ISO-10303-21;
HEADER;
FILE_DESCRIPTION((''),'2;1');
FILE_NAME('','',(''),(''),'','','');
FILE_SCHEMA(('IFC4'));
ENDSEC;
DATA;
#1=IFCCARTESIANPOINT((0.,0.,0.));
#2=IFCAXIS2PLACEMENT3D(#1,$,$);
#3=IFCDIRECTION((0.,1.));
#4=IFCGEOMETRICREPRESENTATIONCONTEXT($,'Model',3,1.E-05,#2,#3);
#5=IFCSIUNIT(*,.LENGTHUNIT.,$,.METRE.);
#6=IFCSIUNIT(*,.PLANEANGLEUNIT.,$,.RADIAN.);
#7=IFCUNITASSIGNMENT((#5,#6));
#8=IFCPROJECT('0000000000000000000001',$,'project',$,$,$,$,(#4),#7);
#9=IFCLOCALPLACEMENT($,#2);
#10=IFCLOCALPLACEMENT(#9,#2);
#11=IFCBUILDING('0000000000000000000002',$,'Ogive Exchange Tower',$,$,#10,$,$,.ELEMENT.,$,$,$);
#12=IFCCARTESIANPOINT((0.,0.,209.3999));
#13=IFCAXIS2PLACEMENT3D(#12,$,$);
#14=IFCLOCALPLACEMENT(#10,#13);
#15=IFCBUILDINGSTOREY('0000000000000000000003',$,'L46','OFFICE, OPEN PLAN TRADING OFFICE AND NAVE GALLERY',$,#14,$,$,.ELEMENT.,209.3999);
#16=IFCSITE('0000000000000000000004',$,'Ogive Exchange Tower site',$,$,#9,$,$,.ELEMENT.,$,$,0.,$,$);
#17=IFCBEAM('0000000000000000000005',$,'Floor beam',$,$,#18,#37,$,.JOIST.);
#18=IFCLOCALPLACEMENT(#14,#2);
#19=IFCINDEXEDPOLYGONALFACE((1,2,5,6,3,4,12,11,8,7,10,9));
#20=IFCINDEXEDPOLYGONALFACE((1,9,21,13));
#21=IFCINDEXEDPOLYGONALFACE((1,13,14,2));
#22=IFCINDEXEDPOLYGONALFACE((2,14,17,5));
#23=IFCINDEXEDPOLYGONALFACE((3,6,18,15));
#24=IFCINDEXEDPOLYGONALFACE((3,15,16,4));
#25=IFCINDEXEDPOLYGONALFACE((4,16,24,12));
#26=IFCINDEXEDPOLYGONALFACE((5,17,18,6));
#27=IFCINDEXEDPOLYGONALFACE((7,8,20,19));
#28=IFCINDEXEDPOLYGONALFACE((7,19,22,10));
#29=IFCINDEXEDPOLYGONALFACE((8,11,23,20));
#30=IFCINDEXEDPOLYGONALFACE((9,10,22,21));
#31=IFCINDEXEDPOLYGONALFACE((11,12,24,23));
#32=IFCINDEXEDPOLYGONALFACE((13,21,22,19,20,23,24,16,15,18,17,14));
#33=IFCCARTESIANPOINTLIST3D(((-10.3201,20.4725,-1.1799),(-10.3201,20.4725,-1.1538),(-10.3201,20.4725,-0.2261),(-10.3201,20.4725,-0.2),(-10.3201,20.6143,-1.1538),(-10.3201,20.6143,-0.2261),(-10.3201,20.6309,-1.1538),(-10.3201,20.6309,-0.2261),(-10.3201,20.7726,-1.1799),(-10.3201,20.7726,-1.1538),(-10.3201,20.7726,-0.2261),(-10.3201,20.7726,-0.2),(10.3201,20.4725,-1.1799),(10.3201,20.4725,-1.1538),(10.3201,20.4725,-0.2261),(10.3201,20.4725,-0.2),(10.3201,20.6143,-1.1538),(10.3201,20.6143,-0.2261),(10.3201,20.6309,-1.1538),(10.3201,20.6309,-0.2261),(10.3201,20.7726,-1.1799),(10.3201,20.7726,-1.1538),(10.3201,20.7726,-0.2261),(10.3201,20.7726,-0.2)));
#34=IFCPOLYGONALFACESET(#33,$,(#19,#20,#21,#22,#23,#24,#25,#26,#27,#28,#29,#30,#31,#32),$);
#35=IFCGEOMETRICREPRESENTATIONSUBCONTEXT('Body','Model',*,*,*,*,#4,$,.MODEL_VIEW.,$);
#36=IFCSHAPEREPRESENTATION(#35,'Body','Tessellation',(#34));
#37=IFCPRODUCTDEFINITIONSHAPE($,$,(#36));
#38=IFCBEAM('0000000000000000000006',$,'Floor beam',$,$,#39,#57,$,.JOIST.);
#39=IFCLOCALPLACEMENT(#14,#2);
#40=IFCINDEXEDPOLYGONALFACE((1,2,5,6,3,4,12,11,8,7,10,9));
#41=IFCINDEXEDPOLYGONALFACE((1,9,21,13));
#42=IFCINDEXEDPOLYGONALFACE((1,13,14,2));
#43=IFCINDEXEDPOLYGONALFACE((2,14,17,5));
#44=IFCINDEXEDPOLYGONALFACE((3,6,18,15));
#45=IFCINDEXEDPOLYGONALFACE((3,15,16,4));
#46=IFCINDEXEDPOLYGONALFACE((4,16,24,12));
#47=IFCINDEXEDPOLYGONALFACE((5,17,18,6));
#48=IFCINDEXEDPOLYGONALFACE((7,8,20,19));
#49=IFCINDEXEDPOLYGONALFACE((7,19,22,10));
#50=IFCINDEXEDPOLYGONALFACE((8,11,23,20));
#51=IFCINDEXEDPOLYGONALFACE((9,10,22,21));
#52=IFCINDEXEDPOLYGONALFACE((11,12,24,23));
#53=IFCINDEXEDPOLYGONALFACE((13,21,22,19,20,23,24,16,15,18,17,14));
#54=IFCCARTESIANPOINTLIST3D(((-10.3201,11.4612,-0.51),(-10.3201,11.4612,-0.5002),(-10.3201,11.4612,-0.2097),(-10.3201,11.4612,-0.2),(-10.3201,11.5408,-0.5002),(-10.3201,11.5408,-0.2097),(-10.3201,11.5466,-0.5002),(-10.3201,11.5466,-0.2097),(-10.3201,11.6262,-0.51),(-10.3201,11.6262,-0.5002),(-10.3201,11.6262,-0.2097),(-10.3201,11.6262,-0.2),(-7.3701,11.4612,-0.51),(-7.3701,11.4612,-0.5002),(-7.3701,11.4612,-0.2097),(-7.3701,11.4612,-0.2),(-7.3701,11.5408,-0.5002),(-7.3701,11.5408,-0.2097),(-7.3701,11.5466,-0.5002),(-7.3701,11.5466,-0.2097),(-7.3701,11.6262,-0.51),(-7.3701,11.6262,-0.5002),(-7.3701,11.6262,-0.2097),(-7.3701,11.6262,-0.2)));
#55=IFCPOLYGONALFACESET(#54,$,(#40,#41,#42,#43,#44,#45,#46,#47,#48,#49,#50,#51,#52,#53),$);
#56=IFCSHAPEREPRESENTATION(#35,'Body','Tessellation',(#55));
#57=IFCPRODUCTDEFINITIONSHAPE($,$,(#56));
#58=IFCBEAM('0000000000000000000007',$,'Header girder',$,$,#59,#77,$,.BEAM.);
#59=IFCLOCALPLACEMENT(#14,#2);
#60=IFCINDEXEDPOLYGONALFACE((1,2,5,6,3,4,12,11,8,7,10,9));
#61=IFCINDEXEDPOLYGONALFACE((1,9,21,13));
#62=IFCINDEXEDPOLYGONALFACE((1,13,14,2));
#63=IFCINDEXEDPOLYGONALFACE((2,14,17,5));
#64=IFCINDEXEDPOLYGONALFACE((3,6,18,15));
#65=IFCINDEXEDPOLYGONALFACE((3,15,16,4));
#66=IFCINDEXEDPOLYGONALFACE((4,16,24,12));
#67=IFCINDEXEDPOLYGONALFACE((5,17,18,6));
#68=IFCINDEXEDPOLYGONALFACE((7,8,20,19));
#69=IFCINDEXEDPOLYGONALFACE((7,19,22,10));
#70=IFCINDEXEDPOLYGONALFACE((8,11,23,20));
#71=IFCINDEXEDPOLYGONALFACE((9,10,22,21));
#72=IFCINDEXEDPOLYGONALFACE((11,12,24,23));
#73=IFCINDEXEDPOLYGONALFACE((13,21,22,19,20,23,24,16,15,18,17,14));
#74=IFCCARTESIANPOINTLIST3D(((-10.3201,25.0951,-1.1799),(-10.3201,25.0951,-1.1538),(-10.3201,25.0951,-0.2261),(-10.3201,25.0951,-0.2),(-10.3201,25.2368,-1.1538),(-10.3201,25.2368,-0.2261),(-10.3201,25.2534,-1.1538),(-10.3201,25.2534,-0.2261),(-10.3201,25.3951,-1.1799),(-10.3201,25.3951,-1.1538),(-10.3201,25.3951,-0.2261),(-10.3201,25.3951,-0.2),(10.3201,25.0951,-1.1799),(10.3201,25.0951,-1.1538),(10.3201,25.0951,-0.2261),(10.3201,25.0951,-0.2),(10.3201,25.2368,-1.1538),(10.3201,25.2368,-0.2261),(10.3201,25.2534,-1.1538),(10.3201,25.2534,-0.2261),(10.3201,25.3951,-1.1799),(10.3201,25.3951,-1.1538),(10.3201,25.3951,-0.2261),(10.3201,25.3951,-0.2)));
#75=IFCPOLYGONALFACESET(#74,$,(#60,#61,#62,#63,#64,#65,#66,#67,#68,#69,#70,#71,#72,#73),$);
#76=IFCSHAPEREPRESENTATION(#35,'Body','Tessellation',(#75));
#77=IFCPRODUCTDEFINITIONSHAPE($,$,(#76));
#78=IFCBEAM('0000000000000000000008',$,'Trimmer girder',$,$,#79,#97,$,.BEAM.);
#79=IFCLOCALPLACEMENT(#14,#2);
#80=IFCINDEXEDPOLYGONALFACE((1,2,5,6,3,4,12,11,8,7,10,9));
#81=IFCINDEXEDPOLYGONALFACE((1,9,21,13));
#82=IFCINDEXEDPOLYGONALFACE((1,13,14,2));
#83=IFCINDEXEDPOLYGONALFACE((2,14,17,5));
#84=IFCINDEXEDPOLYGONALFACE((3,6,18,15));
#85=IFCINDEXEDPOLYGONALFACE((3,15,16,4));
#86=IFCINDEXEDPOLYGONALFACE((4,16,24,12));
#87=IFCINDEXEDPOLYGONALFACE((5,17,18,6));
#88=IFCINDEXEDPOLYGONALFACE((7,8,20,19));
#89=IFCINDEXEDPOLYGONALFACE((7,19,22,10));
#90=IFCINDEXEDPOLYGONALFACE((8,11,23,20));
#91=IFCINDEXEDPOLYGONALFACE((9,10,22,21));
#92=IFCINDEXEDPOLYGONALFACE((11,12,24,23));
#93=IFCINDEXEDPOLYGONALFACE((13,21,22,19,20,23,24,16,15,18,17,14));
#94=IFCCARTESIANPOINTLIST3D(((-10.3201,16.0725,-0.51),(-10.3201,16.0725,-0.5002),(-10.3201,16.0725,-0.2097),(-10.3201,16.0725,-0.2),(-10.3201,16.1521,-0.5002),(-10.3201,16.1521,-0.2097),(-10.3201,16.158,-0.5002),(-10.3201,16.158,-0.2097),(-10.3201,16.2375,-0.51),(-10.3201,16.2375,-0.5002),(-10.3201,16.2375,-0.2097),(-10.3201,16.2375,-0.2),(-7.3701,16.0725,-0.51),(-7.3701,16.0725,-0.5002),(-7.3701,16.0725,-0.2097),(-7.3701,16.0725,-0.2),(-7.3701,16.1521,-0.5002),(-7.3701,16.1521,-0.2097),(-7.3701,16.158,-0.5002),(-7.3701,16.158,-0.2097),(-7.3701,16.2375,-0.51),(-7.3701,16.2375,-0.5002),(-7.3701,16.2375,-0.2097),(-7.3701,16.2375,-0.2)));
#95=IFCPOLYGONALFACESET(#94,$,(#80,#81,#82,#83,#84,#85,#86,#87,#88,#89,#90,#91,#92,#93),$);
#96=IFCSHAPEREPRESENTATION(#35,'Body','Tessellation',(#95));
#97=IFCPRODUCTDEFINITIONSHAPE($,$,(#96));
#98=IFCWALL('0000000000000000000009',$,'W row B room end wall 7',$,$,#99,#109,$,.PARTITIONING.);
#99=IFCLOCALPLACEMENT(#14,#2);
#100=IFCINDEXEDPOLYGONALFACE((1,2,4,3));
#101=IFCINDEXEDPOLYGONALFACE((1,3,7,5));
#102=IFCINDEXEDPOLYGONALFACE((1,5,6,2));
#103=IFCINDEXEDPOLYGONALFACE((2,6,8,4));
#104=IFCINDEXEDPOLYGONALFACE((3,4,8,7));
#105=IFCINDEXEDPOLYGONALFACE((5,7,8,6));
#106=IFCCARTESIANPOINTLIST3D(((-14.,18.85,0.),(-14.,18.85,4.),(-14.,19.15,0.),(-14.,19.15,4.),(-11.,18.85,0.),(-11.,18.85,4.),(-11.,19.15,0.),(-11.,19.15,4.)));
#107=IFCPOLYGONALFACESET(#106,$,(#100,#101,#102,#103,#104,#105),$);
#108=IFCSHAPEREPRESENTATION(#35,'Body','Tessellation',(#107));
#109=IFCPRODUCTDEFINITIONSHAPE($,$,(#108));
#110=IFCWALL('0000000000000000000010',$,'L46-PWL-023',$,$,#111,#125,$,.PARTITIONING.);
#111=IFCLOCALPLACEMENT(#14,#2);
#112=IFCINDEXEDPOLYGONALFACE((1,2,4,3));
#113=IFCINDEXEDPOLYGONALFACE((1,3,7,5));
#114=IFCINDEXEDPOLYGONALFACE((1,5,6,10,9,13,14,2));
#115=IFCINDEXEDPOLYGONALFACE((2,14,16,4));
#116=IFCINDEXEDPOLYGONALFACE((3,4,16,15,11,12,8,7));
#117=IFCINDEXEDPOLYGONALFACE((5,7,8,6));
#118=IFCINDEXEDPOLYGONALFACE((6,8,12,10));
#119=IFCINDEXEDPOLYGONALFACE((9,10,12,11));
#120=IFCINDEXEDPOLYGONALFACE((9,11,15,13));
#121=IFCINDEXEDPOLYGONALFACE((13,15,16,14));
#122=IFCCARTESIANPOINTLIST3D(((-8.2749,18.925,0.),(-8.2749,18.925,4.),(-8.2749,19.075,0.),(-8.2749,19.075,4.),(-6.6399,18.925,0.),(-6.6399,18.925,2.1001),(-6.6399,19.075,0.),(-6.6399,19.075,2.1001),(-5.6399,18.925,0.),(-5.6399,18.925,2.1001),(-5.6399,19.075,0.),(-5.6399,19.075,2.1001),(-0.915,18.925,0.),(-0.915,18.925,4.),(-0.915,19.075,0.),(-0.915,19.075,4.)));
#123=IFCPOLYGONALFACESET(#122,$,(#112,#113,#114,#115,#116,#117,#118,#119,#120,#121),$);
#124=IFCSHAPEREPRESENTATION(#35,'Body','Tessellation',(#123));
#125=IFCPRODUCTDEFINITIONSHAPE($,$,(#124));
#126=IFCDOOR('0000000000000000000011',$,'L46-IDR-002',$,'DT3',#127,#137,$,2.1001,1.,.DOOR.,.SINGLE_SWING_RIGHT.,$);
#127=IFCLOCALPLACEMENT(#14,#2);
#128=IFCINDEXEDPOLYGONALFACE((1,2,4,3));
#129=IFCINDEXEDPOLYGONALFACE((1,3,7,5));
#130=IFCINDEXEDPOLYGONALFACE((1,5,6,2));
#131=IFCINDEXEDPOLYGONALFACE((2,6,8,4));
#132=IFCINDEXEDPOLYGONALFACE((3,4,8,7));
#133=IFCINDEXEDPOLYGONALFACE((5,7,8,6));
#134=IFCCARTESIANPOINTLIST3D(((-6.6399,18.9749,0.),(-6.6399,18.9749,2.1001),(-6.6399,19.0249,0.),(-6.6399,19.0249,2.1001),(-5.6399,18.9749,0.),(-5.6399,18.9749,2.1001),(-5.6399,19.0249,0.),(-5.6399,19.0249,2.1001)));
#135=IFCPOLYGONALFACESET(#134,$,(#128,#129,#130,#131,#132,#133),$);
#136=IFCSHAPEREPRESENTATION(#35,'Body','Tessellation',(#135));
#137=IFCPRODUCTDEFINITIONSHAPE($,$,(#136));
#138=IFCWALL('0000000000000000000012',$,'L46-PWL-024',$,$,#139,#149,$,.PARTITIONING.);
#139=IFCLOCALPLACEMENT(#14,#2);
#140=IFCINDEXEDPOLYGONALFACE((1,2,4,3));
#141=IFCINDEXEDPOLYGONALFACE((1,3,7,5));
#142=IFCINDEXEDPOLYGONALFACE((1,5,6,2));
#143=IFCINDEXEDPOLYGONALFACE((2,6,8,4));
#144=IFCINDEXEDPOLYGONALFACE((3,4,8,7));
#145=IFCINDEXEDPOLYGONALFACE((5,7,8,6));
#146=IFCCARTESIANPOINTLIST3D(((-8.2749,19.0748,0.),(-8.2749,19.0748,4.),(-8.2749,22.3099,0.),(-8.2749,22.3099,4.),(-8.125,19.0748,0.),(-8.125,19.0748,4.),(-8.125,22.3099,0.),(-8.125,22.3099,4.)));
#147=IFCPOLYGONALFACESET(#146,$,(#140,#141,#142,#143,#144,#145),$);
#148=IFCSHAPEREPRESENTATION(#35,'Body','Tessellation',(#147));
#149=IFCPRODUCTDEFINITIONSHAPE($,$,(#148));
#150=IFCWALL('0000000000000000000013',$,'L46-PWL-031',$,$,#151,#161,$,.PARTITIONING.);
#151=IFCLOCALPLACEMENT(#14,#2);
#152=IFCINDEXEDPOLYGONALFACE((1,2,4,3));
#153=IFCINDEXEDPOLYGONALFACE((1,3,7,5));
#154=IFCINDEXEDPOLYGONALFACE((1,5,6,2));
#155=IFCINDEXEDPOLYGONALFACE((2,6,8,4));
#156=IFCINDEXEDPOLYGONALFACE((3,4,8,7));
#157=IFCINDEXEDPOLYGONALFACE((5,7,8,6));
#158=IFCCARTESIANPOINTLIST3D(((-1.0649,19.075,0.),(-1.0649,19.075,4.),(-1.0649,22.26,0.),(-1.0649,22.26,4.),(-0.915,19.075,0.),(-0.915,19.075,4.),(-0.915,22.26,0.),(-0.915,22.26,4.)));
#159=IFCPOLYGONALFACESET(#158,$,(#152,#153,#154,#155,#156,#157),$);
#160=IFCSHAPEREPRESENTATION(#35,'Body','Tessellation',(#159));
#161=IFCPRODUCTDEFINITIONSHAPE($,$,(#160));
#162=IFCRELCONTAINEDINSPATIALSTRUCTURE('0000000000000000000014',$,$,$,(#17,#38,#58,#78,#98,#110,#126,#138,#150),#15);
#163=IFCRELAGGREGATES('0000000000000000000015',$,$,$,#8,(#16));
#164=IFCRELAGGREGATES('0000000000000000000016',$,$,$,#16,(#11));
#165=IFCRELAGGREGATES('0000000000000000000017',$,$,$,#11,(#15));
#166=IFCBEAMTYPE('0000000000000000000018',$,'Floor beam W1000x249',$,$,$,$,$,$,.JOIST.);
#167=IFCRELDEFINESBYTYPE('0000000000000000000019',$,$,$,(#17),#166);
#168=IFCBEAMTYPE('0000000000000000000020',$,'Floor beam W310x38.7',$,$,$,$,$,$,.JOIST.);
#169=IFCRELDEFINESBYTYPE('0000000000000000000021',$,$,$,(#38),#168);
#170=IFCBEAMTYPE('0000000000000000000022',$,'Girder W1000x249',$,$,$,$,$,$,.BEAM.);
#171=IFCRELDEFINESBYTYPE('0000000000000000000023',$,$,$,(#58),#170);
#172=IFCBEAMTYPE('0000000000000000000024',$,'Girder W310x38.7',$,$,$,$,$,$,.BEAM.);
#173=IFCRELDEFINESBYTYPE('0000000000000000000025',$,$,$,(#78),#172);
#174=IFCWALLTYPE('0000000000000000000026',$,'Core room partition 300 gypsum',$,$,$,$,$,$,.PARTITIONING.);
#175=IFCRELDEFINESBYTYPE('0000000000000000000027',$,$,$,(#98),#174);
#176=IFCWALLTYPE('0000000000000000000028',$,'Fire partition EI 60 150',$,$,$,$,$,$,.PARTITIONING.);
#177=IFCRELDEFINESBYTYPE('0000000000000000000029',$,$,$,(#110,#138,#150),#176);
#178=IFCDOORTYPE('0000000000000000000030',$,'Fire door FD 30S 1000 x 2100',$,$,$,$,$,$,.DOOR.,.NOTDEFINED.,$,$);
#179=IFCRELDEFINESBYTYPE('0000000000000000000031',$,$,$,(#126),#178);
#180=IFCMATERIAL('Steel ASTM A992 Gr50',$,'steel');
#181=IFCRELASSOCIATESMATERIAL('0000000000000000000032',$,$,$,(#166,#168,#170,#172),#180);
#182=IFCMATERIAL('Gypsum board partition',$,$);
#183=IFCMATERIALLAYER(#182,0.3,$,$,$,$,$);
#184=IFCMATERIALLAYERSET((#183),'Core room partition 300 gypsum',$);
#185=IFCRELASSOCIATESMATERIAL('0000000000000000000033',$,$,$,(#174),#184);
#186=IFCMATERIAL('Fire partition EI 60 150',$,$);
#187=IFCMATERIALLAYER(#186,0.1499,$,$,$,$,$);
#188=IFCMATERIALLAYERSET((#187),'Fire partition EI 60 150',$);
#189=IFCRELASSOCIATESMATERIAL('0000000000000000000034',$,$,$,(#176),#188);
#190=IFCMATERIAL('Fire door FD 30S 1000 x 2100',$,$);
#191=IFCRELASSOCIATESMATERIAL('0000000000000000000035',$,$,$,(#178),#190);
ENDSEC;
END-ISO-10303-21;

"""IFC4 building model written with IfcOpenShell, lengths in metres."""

from ifc_helpers import new_model, si_unit, direction, frame, frame_2d, origin, origin_2d, place, context, subcontext, project, spatial, rectangle, i_section, extrude, material, layer, layer_set, material_profile, profile_set, type_object, element, fill, save


model = new_model("IFC4")

# Units and contexts
model_context = context("Model", 3, precision=1e-05, world=origin(), true_north=direction((0.0, 1.0)))
body_context = subcontext(model_context, "Body", "Model", "MODEL_VIEW")
ifc_project = project(units=[si_unit("LENGTHUNIT", "METRE"), si_unit("PLANEANGLEUNIT", "RADIAN")], contexts=[model_context])

# Site, building, storey
site_placement = place(None, origin())
site = spatial("IfcSite", under=ifc_project, at=site_placement, Name="Ogive Exchange Tower site", CompositionType="ELEMENT", RefElevation=0.0)
building_placement = place(site_placement, origin())
building = spatial("IfcBuilding", under=site, at=building_placement, Name="Ogive Exchange Tower", CompositionType="ELEMENT")
storey_placement = place(building_placement, frame((0.0, 0.0, 209.3999)))
storey = spatial("IfcBuildingStorey", under=building, at=storey_placement, Name="L46", Description="OFFICE, OPEN PLAN TRADING OFFICE AND NAVE GALLERY", CompositionType="ELEMENT", Elevation=209.3999)

# Beams
ifc_material_1 = material(Name="Steel ASTM A992 Gr50", Category="steel")
ifc_material_profile_1 = material_profile(ifc_material_1, i_section(OverallWidth=0.3, OverallDepth=0.98, WebThickness=0.0166, FlangeThickness=0.0261, at=origin_2d()), Name="W1000x249")
ifc_profile_set_1 = profile_set([ifc_material_profile_1], Name="Steel ASTM A992 Gr50")
beam_type_1 = type_object("IfcBeamType", Name="Floor beam W1000x249", PredefinedType="JOIST", material=ifc_profile_set_1)
beam_1_placement = place(storey_placement, frame((-10.3201, 20.6226, -0.6899), z_axis=(1.0, 0.0, 0.0), x_axis=(0.0, 1.0, 0.0)))
element("IfcBeam", 1, at=beam_1_placement, inside=storey, type_object=beam_type_1, Name="Floor beam", PredefinedType="JOIST", context=body_context, shape_type="SweptSolid", body=[
    extrude(i_section(OverallWidth=0.3, OverallDepth=0.98, WebThickness=0.0166, FlangeThickness=0.0261, at=origin_2d()), origin(), (0.0, 0.0, 1.0), 20.6401),
])
ifc_material_profile_2 = material_profile(ifc_material_1, i_section(OverallWidth=0.165, OverallDepth=0.3101, WebThickness=0.0059, FlangeThickness=0.0098, at=origin_2d()), Name="W310x38.7")
ifc_profile_set_2 = profile_set([ifc_material_profile_2], Name="Steel ASTM A992 Gr50")
beam_type_2 = type_object("IfcBeamType", Name="Floor beam W310x38.7", PredefinedType="JOIST", material=ifc_profile_set_2)
beam_2_placement = place(storey_placement, frame((-10.3201, 11.5437, -0.355), z_axis=(1.0, 0.0, 0.0), x_axis=(0.0, 1.0, 0.0)))
element("IfcBeam", 2, at=beam_2_placement, inside=storey, type_object=beam_type_2, Name="Floor beam", PredefinedType="JOIST", context=body_context, shape_type="SweptSolid", body=[
    extrude(i_section(OverallWidth=0.165, OverallDepth=0.3101, WebThickness=0.0059, FlangeThickness=0.0098, at=origin_2d()), origin(), (0.0, 0.0, 1.0), 2.95),
])
ifc_material_profile_3 = material_profile(ifc_material_1, i_section(OverallWidth=0.3, OverallDepth=0.98, WebThickness=0.0166, FlangeThickness=0.0261, at=origin_2d()), Name="W1000x249")
ifc_profile_set_3 = profile_set([ifc_material_profile_3], Name="Steel ASTM A992 Gr50")
beam_type_3 = type_object("IfcBeamType", Name="Girder W1000x249", PredefinedType="BEAM", material=ifc_profile_set_3)
beam_3_placement = place(storey_placement, frame((-10.3201, 25.2451, -0.6899), z_axis=(1.0, 0.0, 0.0), x_axis=(0.0, 1.0, 0.0)))
element("IfcBeam", 3, at=beam_3_placement, inside=storey, type_object=beam_type_3, Name="Header girder", PredefinedType="BEAM", context=body_context, shape_type="SweptSolid", body=[
    extrude(i_section(OverallWidth=0.3, OverallDepth=0.98, WebThickness=0.0166, FlangeThickness=0.0261, at=origin_2d()), origin(), (0.0, 0.0, 1.0), 20.6401),
])
ifc_material_profile_4 = material_profile(ifc_material_1, i_section(OverallWidth=0.165, OverallDepth=0.3101, WebThickness=0.0059, FlangeThickness=0.0098, at=origin_2d()), Name="W310x38.7")
ifc_profile_set_4 = profile_set([ifc_material_profile_4], Name="Steel ASTM A992 Gr50")
beam_type_4 = type_object("IfcBeamType", Name="Girder W310x38.7", PredefinedType="BEAM", material=ifc_profile_set_4)
beam_4_placement = place(storey_placement, frame((-10.3201, 16.155, -0.355), z_axis=(1.0, 0.0, 0.0), x_axis=(0.0, 1.0, 0.0)))
element("IfcBeam", 4, at=beam_4_placement, inside=storey, type_object=beam_type_4, Name="Trimmer girder", PredefinedType="BEAM", context=body_context, shape_type="SweptSolid", body=[
    extrude(i_section(OverallWidth=0.165, OverallDepth=0.3101, WebThickness=0.0059, FlangeThickness=0.0098, at=origin_2d()), origin(), (0.0, 0.0, 1.0), 2.95),
])

# Wall
ifc_material_2 = material(Name="Gypsum board partition")
ifc_layer_1 = layer(ifc_material_2, 0.3)
ifc_layer_set_1 = layer_set([ifc_layer_1], Name="Core room partition 300 gypsum")
wall_type_1 = type_object("IfcWallType", Name="Core room partition 300 gypsum", PredefinedType="PARTITIONING", material=ifc_layer_set_1)
wall_1_placement = place(storey_placement, frame((-14.0, 19.0, 0.0), z_axis=(0.0, 0.0, 1.0), x_axis=(1.0, 0.0, 0.0)))
element("IfcWall", 5, at=wall_1_placement, inside=storey, type_object=wall_type_1, Name="W row B room end wall 7", PredefinedType="PARTITIONING", context=body_context, shape_type="SweptSolid", body=[
    extrude(rectangle(XDim=3.0, YDim=0.3, at=frame_2d((1.5, 0.0))), origin(), (0.0, 0.0, 1.0), 4.0),
])

# Wall, opening, door
ifc_material_3 = material(Name="Fire partition EI 60 150")
ifc_layer_2 = layer(ifc_material_3, 0.1499)
ifc_layer_set_2 = layer_set([ifc_layer_2], Name="Fire partition EI 60 150")
wall_type_2 = type_object("IfcWallType", Name="Fire partition EI 60 150", PredefinedType="PARTITIONING", material=ifc_layer_set_2)
wall_2_placement = place(storey_placement, frame((-8.2749, 19.0, 0.0), z_axis=(0.0, 0.0, 1.0), x_axis=(1.0, 0.0, 0.0)))
wall_2 = element("IfcWall", 6, at=wall_2_placement, inside=storey, type_object=wall_type_2, Name="L46-PWL-023", PredefinedType="PARTITIONING", context=body_context, shape_type="SweptSolid", body=[
    extrude(rectangle(XDim=7.3599, YDim=0.1499, at=frame_2d((3.6799, 0.0))), origin(), (0.0, 0.0, 1.0), 4.0),
])
opening_1_placement = place(wall_2_placement, frame((1.635, 0.0, 0.0)))
opening_1 = element("IfcOpeningElement", 7, at=opening_1_placement, cuts=wall_2, PredefinedType="OPENING", context=body_context, shape_type="SweptSolid", body=[
    extrude(rectangle(XDim=1.0, YDim=2.1001, at=frame_2d((0.5, 1.05))), frame((0.0, 0.085, 0.0), z_axis=(0.0, -1.0, 0.0), x_axis=(1.0, 0.0, 0.0)), (0.0, 0.0, 1.0), 0.1699),
])
ifc_material_4 = material(Name="Fire door FD 30S 1000 x 2100")
door_type_1 = type_object("IfcDoorType", Name="Fire door FD 30S 1000 x 2100", OperationType="NOTDEFINED", PredefinedType="DOOR", material=ifc_material_4)
door_1_placement = place(opening_1_placement, origin())
door_1 = element("IfcDoor", 8, at=door_1_placement, inside=storey, type_object=door_type_1, Name="L46-IDR-002", ObjectType="DT3", OperationType="SINGLE_SWING_RIGHT", OverallHeight=2.1001, OverallWidth=1.0, PredefinedType="DOOR", context=body_context, shape_type="SweptSolid", body=[
    extrude(rectangle(XDim=1.0, YDim=2.1001, at=frame_2d((0.5, 1.05))), frame((0.0, 0.0249, 0.0), z_axis=(0.0, -1.0, 0.0), x_axis=(1.0, 0.0, 0.0)), (0.0, 0.0, 1.0), 0.05),
])
fill(opening_1, door_1)

# Walls
wall_3_placement = place(storey_placement, frame((-8.2, 22.3101, 0.0), z_axis=(0.0, 0.0, 1.0), x_axis=(0.0, -1.0, 0.0)))
element("IfcWall", 9, at=wall_3_placement, inside=storey, type_object=wall_type_2, Name="L46-PWL-024", PredefinedType="PARTITIONING", context=body_context, shape_type="SweptSolid", body=[
    extrude(rectangle(XDim=3.2351, YDim=0.1499, at=frame_2d((1.6177, 0.0))), origin(), (0.0, 0.0, 1.0), 4.0),
])
wall_4_placement = place(storey_placement, frame((-0.99, 19.075, 0.0), z_axis=(0.0, 0.0, 1.0), x_axis=(0.0, 1.0, 0.0)))
element("IfcWall", 10, at=wall_4_placement, inside=storey, type_object=wall_type_2, Name="L46-PWL-031", PredefinedType="PARTITIONING", context=body_context, shape_type="SweptSolid", body=[
    extrude(rectangle(XDim=3.1851, YDim=0.1499, at=frame_2d((1.5925, 0.0))), origin(), (0.0, 0.0, 1.0), 4.0),
])

save(model, "model.ifc")
